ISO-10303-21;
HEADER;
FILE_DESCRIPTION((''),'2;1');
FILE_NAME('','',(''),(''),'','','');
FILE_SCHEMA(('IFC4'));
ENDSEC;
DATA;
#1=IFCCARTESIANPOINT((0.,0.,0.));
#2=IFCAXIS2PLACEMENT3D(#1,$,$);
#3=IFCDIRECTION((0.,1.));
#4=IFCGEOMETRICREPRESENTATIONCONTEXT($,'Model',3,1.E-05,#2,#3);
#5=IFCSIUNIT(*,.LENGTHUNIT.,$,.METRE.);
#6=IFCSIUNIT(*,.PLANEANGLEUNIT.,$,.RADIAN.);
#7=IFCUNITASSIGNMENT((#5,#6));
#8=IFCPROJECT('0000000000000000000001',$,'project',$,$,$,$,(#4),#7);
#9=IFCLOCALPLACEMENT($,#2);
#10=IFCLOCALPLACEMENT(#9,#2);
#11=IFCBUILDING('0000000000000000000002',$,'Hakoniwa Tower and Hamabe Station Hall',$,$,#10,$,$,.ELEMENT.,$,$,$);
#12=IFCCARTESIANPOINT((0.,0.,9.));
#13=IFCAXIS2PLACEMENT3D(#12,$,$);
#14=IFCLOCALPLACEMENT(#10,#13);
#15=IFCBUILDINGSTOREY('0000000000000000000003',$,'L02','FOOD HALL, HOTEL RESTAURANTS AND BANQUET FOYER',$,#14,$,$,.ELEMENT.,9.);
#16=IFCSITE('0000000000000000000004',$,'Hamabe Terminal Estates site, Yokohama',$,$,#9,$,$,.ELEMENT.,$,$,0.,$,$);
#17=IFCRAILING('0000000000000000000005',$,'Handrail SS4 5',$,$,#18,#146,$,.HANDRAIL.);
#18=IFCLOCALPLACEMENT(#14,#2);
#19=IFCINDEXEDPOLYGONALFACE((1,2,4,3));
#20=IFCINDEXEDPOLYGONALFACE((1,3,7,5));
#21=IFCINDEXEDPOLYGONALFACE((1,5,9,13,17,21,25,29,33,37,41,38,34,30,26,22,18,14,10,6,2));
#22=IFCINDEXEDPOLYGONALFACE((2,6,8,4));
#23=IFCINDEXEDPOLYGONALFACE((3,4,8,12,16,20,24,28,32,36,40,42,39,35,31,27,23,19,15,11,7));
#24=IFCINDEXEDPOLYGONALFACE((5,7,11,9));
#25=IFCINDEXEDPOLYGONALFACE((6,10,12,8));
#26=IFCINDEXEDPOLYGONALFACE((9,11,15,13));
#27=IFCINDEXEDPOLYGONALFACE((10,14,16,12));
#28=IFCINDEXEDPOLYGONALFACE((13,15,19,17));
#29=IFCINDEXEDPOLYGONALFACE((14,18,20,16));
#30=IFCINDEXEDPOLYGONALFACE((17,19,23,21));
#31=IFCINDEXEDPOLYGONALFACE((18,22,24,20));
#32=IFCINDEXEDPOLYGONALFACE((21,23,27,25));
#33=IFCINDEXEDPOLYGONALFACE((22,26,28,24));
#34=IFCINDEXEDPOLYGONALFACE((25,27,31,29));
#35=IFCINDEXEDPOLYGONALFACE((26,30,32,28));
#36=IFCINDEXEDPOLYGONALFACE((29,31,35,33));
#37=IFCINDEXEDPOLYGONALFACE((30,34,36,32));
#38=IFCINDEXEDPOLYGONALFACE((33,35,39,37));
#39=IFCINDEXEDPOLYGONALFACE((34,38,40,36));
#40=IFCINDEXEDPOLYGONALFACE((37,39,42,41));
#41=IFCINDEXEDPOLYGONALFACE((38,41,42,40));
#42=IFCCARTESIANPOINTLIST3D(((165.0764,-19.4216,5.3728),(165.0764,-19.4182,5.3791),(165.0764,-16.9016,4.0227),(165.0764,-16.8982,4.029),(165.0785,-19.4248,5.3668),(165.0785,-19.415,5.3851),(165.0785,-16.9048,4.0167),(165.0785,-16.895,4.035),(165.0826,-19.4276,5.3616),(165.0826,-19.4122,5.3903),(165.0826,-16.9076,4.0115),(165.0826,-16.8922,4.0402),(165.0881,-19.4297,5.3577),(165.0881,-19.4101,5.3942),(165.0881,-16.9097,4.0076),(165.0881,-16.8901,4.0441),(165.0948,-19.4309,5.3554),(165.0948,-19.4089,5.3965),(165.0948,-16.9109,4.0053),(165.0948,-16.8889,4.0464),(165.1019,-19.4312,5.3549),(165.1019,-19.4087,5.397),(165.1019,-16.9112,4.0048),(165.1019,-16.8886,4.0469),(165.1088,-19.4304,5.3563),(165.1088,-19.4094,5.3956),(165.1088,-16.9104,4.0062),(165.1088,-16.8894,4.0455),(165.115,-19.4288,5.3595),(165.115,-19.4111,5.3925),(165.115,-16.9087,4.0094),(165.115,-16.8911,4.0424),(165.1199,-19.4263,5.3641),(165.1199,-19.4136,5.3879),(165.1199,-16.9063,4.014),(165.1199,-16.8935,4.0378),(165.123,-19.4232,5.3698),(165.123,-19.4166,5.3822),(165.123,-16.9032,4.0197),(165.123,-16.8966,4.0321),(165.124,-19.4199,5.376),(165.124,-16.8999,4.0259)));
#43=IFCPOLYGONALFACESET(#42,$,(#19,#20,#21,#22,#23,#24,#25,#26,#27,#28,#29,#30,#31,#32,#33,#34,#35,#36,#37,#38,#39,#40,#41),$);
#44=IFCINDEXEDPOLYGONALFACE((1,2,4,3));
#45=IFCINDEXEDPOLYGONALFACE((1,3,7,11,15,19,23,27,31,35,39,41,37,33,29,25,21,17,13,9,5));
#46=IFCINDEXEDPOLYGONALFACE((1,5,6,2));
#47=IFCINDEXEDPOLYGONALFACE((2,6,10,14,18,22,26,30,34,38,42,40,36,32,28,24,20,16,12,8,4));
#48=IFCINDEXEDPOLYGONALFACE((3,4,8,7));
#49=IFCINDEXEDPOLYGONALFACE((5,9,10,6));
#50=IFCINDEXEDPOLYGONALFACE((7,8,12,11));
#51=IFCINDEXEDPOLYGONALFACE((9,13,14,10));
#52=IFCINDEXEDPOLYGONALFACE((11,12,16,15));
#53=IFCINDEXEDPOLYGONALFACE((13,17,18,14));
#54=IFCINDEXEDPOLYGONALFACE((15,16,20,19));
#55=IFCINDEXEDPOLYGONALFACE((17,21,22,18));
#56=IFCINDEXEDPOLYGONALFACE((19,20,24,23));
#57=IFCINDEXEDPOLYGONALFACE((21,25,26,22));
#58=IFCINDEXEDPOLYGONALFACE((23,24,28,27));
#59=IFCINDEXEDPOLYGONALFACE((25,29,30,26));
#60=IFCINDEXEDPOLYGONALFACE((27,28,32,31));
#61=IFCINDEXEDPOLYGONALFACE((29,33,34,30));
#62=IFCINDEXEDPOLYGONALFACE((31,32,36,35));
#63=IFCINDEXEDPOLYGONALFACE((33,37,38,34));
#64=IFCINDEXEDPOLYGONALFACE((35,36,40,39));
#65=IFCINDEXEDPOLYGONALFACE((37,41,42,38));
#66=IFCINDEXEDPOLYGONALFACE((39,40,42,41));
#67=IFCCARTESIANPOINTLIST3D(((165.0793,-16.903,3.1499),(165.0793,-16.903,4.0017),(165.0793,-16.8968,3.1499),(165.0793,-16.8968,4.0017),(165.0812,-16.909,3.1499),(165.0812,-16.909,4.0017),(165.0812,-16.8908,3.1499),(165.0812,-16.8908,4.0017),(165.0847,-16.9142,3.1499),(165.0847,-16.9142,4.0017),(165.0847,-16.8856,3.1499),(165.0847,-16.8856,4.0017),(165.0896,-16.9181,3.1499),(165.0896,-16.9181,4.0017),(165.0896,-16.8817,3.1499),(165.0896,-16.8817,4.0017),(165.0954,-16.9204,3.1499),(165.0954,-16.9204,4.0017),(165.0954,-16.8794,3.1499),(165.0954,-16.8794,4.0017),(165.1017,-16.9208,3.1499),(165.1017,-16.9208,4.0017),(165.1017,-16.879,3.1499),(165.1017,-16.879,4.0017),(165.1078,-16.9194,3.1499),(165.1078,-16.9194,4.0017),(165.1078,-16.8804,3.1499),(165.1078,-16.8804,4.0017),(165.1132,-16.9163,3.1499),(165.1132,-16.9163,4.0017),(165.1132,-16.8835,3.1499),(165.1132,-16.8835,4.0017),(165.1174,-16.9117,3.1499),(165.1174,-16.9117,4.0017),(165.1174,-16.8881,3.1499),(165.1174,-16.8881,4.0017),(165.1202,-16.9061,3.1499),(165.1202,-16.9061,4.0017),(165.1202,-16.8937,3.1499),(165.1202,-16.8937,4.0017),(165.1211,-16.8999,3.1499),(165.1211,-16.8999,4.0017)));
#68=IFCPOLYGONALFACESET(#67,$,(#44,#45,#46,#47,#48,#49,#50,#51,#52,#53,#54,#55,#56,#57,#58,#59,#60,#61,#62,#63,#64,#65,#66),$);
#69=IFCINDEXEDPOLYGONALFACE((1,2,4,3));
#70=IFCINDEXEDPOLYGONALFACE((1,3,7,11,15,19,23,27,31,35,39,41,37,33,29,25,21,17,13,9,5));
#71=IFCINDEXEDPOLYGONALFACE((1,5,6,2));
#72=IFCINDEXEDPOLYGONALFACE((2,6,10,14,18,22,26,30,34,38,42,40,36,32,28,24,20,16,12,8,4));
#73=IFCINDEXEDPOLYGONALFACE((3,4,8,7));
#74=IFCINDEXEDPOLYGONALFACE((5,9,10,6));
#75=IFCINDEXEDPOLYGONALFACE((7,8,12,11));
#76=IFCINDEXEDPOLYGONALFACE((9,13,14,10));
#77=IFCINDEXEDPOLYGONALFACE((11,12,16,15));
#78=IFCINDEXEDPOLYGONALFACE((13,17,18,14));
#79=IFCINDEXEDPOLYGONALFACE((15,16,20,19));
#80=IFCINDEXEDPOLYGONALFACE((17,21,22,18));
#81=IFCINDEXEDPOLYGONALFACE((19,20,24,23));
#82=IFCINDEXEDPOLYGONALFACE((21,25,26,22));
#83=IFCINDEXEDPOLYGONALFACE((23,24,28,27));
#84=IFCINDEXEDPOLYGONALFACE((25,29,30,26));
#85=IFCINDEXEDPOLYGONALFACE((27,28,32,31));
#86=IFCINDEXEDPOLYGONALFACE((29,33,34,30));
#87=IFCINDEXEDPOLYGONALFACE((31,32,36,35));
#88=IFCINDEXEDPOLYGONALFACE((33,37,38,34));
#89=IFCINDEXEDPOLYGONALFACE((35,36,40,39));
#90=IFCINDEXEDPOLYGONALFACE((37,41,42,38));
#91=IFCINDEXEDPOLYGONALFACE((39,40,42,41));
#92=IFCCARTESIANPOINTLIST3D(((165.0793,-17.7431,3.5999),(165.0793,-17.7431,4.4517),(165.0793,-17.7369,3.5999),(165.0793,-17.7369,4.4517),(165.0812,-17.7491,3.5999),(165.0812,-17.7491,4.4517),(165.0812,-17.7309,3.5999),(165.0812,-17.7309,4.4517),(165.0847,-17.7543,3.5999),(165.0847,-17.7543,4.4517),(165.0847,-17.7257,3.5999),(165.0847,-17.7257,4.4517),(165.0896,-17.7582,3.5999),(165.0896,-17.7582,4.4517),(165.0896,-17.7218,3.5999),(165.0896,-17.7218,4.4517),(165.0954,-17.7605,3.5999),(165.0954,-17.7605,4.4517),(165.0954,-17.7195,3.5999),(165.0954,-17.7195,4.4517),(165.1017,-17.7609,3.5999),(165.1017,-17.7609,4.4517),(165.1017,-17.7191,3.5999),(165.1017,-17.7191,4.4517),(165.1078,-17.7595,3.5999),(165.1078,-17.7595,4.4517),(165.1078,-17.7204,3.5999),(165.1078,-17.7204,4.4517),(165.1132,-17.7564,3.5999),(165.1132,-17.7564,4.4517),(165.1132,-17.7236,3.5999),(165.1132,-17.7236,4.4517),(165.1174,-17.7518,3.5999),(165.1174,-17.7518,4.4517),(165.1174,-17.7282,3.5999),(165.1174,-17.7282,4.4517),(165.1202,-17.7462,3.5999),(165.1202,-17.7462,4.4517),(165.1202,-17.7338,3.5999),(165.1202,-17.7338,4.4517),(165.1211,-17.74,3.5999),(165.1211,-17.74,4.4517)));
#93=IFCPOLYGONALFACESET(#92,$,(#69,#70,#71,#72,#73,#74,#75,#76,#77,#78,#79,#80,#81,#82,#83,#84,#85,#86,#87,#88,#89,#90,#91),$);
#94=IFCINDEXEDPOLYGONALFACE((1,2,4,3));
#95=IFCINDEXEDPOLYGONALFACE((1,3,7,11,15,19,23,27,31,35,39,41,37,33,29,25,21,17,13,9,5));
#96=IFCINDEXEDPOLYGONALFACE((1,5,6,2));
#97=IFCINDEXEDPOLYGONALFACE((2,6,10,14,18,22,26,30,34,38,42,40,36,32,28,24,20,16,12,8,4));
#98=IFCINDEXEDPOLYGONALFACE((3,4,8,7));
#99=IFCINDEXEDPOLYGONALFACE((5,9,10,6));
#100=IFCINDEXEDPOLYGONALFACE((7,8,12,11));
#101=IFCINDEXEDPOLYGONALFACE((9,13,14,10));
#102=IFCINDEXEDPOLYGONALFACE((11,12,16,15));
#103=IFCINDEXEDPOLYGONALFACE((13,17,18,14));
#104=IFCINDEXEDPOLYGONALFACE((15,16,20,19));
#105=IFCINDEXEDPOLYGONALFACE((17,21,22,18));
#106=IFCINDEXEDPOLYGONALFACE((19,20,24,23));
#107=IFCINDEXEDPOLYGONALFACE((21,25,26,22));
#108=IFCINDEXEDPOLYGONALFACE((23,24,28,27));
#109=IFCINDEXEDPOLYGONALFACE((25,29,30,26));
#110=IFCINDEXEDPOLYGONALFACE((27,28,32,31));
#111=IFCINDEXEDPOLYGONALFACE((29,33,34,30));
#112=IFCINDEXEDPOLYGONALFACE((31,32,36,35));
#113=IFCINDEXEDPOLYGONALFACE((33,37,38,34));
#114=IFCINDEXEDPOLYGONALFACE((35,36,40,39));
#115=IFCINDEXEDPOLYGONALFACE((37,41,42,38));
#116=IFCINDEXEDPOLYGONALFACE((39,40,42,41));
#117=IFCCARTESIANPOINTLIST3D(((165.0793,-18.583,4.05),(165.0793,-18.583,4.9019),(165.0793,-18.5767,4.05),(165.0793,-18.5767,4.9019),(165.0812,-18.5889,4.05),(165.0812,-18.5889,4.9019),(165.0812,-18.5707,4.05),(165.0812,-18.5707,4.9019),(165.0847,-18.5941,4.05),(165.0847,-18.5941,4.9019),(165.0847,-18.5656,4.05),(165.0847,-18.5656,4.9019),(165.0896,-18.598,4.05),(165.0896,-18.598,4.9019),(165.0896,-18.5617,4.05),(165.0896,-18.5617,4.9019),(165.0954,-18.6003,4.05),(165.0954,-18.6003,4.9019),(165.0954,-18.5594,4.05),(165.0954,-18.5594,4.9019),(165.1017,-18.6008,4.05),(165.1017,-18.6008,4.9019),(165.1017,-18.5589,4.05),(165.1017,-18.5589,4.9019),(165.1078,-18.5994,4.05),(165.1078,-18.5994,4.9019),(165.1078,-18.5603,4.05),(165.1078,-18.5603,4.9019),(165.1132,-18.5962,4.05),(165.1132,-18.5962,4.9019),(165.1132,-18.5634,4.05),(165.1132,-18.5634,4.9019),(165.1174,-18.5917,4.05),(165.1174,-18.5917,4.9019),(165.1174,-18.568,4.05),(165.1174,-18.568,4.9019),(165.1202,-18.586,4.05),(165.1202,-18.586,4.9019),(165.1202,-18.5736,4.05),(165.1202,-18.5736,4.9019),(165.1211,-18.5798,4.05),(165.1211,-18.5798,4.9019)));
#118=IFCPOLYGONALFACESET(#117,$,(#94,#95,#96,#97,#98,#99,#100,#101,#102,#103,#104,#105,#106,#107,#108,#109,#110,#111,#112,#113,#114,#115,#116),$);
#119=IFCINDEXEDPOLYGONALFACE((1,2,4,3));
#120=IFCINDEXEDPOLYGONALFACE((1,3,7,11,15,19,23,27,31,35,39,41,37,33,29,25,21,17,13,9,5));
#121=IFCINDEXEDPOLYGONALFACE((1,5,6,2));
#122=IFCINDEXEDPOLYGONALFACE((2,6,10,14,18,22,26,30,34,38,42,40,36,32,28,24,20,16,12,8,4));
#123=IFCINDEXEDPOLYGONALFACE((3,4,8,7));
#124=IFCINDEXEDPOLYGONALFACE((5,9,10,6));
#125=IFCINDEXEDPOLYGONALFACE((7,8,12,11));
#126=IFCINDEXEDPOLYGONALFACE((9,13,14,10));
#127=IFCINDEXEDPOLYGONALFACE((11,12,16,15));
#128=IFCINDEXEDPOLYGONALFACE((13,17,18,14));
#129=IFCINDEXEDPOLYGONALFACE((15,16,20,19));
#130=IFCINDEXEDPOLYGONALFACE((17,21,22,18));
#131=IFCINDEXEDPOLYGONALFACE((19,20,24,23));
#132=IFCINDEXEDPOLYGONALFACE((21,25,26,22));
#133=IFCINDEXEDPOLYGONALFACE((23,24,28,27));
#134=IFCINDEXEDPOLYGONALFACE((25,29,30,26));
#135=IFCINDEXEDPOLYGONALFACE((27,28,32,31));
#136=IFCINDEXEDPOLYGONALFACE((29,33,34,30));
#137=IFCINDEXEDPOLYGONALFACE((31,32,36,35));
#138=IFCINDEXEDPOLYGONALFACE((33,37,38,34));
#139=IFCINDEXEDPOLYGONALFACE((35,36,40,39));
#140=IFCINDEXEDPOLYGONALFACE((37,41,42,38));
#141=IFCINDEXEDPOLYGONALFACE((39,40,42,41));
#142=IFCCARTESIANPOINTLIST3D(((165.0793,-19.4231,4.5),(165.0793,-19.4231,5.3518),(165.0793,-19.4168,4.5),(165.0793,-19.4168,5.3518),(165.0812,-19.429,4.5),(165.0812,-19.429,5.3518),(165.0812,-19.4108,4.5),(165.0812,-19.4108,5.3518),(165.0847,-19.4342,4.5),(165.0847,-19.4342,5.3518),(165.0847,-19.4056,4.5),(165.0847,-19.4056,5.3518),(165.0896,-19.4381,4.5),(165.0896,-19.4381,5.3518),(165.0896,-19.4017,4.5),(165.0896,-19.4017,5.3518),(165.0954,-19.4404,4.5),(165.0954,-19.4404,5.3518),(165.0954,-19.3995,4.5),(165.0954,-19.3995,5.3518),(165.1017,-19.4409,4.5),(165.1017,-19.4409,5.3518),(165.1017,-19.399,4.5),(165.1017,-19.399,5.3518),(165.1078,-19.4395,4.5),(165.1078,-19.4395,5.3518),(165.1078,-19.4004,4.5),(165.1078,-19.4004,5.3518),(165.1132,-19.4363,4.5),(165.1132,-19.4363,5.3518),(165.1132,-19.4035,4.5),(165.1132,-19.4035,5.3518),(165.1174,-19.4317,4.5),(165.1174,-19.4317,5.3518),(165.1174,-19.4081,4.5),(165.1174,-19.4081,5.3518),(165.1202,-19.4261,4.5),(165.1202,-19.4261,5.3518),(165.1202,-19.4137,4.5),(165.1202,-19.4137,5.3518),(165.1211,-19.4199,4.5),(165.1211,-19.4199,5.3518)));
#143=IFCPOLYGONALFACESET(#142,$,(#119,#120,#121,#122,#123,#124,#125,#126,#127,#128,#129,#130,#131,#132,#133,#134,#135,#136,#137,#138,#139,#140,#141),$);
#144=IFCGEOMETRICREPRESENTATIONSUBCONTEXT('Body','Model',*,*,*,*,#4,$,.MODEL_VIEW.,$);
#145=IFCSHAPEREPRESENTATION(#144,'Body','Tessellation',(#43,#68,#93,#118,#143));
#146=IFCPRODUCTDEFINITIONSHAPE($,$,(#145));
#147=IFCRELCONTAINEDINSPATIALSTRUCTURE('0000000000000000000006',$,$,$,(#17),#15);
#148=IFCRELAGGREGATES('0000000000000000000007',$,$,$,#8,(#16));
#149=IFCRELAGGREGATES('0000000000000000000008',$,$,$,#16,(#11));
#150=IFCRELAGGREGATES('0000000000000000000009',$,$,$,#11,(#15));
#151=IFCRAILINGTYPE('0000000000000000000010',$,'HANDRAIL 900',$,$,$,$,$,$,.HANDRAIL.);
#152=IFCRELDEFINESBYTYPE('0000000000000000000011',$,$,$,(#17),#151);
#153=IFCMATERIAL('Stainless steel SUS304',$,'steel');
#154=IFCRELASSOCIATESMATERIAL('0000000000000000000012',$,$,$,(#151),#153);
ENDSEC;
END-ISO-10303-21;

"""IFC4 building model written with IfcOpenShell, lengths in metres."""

from ifc_helpers import new_model, si_unit, direction, frame, origin, origin_2d, place, context, subcontext, project, spatial, circle, extrude, material, type_object, element, save


model = new_model("IFC4")

# Units and contexts
model_context = context("Model", 3, precision=1e-05, world=origin(), true_north=direction((0.0, 1.0)))
body_context = subcontext(model_context, "Body", "Model", "MODEL_VIEW")
ifc_project = project(units=[si_unit("LENGTHUNIT", "METRE"), si_unit("PLANEANGLEUNIT", "RADIAN")], contexts=[model_context])

# Site, building, storey
site_placement = place(None, origin())
site = spatial("IfcSite", under=ifc_project, at=site_placement, Name="Hamabe Terminal Estates site, Yokohama", CompositionType="ELEMENT", RefElevation=0.0)
building_placement = place(site_placement, origin())
building = spatial("IfcBuilding", under=site, at=building_placement, Name="Hakoniwa Tower and Hamabe Station Hall", CompositionType="ELEMENT")
storey_placement = place(building_placement, frame((0.0, 0.0, 9.0)))
storey = spatial("IfcBuildingStorey", under=building, at=storey_placement, Name="L02", Description="FOOD HALL, HOTEL RESTAURANTS AND BANQUET FOYER", CompositionType="ELEMENT", Elevation=9.0)

# Railing
ifc_material_1 = material(Name="Stainless steel SUS304", Category="steel")
railing_type = type_object("IfcRailingType", Name="HANDRAIL 900", PredefinedType="HANDRAIL", material=ifc_material_1)
for number, where, name in (
    (1, (165.1001, -16.8999, 3.1499), "Handrail SS4 5"),
):
    element("IfcRailing", number, at=place(storey_placement, frame(where)), inside=storey, type_object=railing_type, Name=name, PredefinedType="HANDRAIL", context=body_context, shape_type="SweptSolid", body=[
        extrude(circle(Radius=0.0239, at=origin_2d()), frame((0.0, 0.0, 0.876), z_axis=(0.0, -0.881467, 0.472245), x_axis=(1.0, 0.0, 0.0)), (0.0, 0.0, 1.0), 2.8589),
        extrude(circle(Radius=0.021, at=origin_2d()), origin(), (0.0, 0.0, 1.0), 0.8518),
        extrude(circle(Radius=0.021, at=origin_2d()), frame((0.0, -0.8401, 0.45)), (0.0, 0.0, 1.0), 0.8518),
        extrude(circle(Radius=0.021, at=origin_2d()), frame((0.0, -1.6799, 0.9001)), (0.0, 0.0, 1.0), 0.8518),
        extrude(circle(Radius=0.021, at=origin_2d()), frame((0.0, -2.52, 1.3501)), (0.0, 0.0, 1.0), 0.8518),
    ])

save(model, "model.ifc")
